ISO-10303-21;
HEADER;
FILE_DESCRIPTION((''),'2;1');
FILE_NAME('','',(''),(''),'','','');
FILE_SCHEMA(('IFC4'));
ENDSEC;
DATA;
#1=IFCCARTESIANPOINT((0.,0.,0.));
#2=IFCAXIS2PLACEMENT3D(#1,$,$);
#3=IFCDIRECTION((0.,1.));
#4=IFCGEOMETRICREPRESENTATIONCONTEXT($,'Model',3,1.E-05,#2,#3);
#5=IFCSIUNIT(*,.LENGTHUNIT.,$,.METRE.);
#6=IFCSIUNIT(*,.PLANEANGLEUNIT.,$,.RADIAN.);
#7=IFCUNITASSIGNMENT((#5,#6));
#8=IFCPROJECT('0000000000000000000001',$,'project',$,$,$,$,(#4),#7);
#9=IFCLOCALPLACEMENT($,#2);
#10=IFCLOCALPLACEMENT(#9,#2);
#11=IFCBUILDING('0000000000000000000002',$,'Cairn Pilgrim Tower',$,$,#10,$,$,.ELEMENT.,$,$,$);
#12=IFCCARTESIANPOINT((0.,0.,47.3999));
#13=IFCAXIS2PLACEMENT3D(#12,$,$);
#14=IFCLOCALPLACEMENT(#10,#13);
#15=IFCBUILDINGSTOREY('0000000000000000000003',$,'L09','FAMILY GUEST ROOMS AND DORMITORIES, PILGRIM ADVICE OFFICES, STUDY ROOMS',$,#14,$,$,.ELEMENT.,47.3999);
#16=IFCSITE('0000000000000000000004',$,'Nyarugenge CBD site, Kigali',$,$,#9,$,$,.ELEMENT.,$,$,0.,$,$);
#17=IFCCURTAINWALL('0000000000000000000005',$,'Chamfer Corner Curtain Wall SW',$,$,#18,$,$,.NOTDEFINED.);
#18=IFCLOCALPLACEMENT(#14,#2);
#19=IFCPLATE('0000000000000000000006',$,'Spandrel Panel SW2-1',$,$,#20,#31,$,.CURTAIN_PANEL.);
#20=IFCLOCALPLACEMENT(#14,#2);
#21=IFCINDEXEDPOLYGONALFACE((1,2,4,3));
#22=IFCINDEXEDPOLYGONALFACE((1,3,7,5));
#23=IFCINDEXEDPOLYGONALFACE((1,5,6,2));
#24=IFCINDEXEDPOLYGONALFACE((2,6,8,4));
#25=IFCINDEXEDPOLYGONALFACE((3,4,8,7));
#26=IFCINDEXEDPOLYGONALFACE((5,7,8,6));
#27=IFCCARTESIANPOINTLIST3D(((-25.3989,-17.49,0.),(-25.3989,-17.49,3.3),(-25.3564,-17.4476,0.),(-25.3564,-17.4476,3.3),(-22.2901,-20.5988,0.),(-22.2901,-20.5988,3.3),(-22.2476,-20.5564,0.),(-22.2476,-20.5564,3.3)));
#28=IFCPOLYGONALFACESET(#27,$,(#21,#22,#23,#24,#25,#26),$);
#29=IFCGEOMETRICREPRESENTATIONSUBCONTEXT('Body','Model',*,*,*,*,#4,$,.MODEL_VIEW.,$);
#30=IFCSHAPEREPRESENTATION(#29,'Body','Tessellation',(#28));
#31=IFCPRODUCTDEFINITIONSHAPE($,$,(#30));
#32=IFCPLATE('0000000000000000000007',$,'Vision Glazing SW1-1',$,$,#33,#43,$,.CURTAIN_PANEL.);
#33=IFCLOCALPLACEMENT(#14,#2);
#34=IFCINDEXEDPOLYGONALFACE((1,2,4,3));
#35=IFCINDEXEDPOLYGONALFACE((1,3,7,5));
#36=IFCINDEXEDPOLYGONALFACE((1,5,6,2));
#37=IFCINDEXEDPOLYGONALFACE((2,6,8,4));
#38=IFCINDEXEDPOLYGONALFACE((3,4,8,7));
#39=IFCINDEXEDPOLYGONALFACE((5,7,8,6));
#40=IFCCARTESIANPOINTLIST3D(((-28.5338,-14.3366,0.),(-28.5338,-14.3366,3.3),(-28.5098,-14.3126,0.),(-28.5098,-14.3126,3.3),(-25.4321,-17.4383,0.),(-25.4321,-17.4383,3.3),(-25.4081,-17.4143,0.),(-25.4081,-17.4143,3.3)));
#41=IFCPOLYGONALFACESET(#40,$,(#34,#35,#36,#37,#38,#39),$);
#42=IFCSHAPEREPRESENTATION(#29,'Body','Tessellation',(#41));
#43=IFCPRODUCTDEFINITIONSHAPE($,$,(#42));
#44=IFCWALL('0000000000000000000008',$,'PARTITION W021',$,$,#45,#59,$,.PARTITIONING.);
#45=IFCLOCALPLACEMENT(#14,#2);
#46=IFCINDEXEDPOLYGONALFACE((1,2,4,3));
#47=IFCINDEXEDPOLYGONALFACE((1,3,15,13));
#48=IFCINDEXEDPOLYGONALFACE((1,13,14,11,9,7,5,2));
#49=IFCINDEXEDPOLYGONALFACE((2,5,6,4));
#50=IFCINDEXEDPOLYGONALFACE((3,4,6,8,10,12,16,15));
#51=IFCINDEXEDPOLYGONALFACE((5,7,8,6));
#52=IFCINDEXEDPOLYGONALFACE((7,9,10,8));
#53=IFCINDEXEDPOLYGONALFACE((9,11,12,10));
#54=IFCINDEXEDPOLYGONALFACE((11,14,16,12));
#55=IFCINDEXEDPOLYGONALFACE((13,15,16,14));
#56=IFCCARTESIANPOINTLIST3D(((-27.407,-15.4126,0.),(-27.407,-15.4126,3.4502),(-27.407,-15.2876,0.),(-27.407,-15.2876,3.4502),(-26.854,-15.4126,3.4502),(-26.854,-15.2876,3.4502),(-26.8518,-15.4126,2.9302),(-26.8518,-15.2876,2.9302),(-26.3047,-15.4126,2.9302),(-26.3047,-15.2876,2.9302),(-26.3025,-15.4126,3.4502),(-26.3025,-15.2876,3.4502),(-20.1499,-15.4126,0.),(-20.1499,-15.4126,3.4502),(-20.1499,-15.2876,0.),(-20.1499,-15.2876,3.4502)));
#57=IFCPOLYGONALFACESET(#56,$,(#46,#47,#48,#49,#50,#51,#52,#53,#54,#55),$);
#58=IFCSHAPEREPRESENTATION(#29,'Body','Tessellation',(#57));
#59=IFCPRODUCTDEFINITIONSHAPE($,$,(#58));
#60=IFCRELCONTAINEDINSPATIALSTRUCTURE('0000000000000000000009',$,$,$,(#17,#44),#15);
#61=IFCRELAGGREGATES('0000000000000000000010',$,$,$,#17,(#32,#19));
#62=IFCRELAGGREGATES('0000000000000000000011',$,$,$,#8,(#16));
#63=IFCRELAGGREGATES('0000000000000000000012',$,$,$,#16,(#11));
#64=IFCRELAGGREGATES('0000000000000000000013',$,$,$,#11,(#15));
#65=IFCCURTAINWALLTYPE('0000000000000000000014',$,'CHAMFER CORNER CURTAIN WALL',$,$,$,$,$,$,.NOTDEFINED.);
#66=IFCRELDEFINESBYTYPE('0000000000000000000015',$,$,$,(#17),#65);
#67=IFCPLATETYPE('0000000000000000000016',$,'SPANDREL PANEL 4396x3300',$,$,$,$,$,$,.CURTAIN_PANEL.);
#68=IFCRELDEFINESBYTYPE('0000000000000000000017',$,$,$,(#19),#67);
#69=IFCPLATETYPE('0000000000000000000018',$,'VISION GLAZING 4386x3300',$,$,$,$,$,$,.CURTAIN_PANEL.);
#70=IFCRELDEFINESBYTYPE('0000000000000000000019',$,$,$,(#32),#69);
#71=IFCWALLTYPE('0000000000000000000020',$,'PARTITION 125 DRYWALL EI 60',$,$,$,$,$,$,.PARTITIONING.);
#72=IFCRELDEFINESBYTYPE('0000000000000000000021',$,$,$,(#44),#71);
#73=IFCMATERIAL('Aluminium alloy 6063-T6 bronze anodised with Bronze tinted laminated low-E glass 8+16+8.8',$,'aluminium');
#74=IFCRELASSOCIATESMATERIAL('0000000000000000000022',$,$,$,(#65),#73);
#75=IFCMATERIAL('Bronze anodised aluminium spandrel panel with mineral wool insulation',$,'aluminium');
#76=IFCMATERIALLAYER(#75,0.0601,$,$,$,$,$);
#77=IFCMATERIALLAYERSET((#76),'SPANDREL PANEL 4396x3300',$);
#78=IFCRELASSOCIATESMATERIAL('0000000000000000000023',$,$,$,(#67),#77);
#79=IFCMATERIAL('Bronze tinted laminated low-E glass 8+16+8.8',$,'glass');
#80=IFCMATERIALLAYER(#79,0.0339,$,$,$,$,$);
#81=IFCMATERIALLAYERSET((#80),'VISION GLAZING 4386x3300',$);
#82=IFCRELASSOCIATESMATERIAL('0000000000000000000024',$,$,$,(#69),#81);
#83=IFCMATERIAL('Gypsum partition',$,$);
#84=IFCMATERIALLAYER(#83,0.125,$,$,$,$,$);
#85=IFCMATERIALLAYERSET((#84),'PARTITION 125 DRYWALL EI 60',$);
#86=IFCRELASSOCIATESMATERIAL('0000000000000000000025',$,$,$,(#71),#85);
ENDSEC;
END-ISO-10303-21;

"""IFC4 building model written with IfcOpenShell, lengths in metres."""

from ifc_helpers import new_model, si_unit, direction, frame, origin, origin_2d, place, context, subcontext, project, spatial, polyline, rectangle, outline, extrude, material, layer, layer_set, type_object, element, aggregate, save


model = new_model("IFC4")

# Units and contexts
model_context = context("Model", 3, precision=1e-05, world=origin(), true_north=direction((0.0, 1.0)))
body_context = subcontext(model_context, "Body", "Model", "MODEL_VIEW")
ifc_project = project(units=[si_unit("LENGTHUNIT", "METRE"), si_unit("PLANEANGLEUNIT", "RADIAN")], contexts=[model_context])

# Site, building, storey
site_placement = place(None, origin())
site = spatial("IfcSite", under=ifc_project, at=site_placement, Name="Nyarugenge CBD site, Kigali", CompositionType="ELEMENT", RefElevation=0.0)
building_placement = place(site_placement, origin())
building = spatial("IfcBuilding", under=site, at=building_placement, Name="Cairn Pilgrim Tower", CompositionType="ELEMENT")
storey_placement = place(building_placement, frame((0.0, 0.0, 47.3999)))
storey = spatial("IfcBuildingStorey", under=building, at=storey_placement, Name="L09", Description="FAMILY GUEST ROOMS AND DORMITORIES, PILGRIM ADVICE OFFICES, STUDY ROOMS", CompositionType="ELEMENT", Elevation=47.3999)

# Curtain wall
ifc_material_1 = material(Name="Aluminium alloy 6063-T6 bronze anodised with Bronze tinted laminated low-E glass 8+16+8.8", Category="aluminium")
curtain_wall_type = type_object("IfcCurtainWallType", Name="CHAMFER CORNER CURTAIN WALL", PredefinedType="NOTDEFINED", material=ifc_material_1)
curtain_wall_placement = place(storey_placement, origin())
curtain_wall = element("IfcCurtainWall", 1, at=curtain_wall_placement, inside=storey, type_object=curtain_wall_type, Name="Chamfer Corner Curtain Wall SW", PredefinedType="NOTDEFINED")

# Plates
ifc_material_2 = material(Name="Bronze anodised aluminium spandrel panel with mineral wool insulation", Category="aluminium")
ifc_layer_1 = layer(ifc_material_2, 0.0601)
ifc_layer_set_1 = layer_set([ifc_layer_1], Name="SPANDREL PANEL 4396x3300")
plate_type_1 = type_object("IfcPlateType", Name="SPANDREL PANEL 4396x3300", PredefinedType="CURTAIN_PANEL", material=ifc_layer_set_1)
plate_1_placement = place(storey_placement, frame((-23.8232, -19.0232, 0.0), z_axis=(0.0, 0.0, 1.0), x_axis=(0.707107, -0.707107, 0.0)))
plate_1 = element("IfcPlate", 2, at=plate_1_placement, type_object=plate_type_1, Name="Spandrel Panel SW2-1", PredefinedType="CURTAIN_PANEL", context=body_context, shape_type="SweptSolid", body=[
    extrude(rectangle(XDim=4.3965, YDim=0.0601, at=origin_2d()), origin(), (0.0, 0.0, 1.0), 3.3),
])
ifc_material_3 = material(Name="Bronze tinted laminated low-E glass 8+16+8.8", Category="glass")
ifc_layer_2 = layer(ifc_material_3, 0.0339)
ifc_layer_set_2 = layer_set([ifc_layer_2], Name="VISION GLAZING 4386x3300")
plate_type_2 = type_object("IfcPlateType", Name="VISION GLAZING 4386x3300", PredefinedType="CURTAIN_PANEL", material=ifc_layer_set_2)
plate_2_placement = place(storey_placement, frame((-26.9709, -15.8755, 0.0), z_axis=(0.0, 0.0, 1.0), x_axis=(0.707107, -0.707107, 0.0)))
plate_2 = element("IfcPlate", 3, at=plate_2_placement, type_object=plate_type_2, Name="Vision Glazing SW1-1", PredefinedType="CURTAIN_PANEL", context=body_context, shape_type="SweptSolid", body=[
    extrude(rectangle(XDim=4.3865, YDim=0.0339, at=origin_2d()), origin(), (0.0, 0.0, 1.0), 3.3),
])
aggregate(curtain_wall, [plate_2, plate_1])

# Wall
ifc_material_4 = material(Name="Gypsum partition")
ifc_layer_3 = layer(ifc_material_4, 0.125)
ifc_layer_set_3 = layer_set([ifc_layer_3], Name="PARTITION 125 DRYWALL EI 60")
wall_type = type_object("IfcWallType", Name="PARTITION 125 DRYWALL EI 60", PredefinedType="PARTITIONING", material=ifc_layer_set_3)
wall_placement = place(storey_placement, frame((-27.407, -15.3501, 0.0), z_axis=(0.0, 0.0, 1.0), x_axis=(1.0, 0.0, 0.0)))
element("IfcWall", 4, at=wall_placement, inside=storey, type_object=wall_type, Name="PARTITION W021", PredefinedType="PARTITIONING", context=body_context, shape_type="SweptSolid", body=[
    extrude(outline(polyline([(0.0, 0.0), (7.2571, 0.0), (7.2571, 3.4502), (1.1045, 3.4502), (1.1023, 2.9302), (0.5552, 2.9302), (0.553, 3.4502), (0.0, 3.4502), (0.0, 0.0)])), frame((0.0, 0.0625, 0.0), z_axis=(0.0, -1.0, 0.0), x_axis=(1.0, 0.0, 0.0)), (0.0, 0.0, 1.0), 0.125),
])

save(model, "model.ifc")
